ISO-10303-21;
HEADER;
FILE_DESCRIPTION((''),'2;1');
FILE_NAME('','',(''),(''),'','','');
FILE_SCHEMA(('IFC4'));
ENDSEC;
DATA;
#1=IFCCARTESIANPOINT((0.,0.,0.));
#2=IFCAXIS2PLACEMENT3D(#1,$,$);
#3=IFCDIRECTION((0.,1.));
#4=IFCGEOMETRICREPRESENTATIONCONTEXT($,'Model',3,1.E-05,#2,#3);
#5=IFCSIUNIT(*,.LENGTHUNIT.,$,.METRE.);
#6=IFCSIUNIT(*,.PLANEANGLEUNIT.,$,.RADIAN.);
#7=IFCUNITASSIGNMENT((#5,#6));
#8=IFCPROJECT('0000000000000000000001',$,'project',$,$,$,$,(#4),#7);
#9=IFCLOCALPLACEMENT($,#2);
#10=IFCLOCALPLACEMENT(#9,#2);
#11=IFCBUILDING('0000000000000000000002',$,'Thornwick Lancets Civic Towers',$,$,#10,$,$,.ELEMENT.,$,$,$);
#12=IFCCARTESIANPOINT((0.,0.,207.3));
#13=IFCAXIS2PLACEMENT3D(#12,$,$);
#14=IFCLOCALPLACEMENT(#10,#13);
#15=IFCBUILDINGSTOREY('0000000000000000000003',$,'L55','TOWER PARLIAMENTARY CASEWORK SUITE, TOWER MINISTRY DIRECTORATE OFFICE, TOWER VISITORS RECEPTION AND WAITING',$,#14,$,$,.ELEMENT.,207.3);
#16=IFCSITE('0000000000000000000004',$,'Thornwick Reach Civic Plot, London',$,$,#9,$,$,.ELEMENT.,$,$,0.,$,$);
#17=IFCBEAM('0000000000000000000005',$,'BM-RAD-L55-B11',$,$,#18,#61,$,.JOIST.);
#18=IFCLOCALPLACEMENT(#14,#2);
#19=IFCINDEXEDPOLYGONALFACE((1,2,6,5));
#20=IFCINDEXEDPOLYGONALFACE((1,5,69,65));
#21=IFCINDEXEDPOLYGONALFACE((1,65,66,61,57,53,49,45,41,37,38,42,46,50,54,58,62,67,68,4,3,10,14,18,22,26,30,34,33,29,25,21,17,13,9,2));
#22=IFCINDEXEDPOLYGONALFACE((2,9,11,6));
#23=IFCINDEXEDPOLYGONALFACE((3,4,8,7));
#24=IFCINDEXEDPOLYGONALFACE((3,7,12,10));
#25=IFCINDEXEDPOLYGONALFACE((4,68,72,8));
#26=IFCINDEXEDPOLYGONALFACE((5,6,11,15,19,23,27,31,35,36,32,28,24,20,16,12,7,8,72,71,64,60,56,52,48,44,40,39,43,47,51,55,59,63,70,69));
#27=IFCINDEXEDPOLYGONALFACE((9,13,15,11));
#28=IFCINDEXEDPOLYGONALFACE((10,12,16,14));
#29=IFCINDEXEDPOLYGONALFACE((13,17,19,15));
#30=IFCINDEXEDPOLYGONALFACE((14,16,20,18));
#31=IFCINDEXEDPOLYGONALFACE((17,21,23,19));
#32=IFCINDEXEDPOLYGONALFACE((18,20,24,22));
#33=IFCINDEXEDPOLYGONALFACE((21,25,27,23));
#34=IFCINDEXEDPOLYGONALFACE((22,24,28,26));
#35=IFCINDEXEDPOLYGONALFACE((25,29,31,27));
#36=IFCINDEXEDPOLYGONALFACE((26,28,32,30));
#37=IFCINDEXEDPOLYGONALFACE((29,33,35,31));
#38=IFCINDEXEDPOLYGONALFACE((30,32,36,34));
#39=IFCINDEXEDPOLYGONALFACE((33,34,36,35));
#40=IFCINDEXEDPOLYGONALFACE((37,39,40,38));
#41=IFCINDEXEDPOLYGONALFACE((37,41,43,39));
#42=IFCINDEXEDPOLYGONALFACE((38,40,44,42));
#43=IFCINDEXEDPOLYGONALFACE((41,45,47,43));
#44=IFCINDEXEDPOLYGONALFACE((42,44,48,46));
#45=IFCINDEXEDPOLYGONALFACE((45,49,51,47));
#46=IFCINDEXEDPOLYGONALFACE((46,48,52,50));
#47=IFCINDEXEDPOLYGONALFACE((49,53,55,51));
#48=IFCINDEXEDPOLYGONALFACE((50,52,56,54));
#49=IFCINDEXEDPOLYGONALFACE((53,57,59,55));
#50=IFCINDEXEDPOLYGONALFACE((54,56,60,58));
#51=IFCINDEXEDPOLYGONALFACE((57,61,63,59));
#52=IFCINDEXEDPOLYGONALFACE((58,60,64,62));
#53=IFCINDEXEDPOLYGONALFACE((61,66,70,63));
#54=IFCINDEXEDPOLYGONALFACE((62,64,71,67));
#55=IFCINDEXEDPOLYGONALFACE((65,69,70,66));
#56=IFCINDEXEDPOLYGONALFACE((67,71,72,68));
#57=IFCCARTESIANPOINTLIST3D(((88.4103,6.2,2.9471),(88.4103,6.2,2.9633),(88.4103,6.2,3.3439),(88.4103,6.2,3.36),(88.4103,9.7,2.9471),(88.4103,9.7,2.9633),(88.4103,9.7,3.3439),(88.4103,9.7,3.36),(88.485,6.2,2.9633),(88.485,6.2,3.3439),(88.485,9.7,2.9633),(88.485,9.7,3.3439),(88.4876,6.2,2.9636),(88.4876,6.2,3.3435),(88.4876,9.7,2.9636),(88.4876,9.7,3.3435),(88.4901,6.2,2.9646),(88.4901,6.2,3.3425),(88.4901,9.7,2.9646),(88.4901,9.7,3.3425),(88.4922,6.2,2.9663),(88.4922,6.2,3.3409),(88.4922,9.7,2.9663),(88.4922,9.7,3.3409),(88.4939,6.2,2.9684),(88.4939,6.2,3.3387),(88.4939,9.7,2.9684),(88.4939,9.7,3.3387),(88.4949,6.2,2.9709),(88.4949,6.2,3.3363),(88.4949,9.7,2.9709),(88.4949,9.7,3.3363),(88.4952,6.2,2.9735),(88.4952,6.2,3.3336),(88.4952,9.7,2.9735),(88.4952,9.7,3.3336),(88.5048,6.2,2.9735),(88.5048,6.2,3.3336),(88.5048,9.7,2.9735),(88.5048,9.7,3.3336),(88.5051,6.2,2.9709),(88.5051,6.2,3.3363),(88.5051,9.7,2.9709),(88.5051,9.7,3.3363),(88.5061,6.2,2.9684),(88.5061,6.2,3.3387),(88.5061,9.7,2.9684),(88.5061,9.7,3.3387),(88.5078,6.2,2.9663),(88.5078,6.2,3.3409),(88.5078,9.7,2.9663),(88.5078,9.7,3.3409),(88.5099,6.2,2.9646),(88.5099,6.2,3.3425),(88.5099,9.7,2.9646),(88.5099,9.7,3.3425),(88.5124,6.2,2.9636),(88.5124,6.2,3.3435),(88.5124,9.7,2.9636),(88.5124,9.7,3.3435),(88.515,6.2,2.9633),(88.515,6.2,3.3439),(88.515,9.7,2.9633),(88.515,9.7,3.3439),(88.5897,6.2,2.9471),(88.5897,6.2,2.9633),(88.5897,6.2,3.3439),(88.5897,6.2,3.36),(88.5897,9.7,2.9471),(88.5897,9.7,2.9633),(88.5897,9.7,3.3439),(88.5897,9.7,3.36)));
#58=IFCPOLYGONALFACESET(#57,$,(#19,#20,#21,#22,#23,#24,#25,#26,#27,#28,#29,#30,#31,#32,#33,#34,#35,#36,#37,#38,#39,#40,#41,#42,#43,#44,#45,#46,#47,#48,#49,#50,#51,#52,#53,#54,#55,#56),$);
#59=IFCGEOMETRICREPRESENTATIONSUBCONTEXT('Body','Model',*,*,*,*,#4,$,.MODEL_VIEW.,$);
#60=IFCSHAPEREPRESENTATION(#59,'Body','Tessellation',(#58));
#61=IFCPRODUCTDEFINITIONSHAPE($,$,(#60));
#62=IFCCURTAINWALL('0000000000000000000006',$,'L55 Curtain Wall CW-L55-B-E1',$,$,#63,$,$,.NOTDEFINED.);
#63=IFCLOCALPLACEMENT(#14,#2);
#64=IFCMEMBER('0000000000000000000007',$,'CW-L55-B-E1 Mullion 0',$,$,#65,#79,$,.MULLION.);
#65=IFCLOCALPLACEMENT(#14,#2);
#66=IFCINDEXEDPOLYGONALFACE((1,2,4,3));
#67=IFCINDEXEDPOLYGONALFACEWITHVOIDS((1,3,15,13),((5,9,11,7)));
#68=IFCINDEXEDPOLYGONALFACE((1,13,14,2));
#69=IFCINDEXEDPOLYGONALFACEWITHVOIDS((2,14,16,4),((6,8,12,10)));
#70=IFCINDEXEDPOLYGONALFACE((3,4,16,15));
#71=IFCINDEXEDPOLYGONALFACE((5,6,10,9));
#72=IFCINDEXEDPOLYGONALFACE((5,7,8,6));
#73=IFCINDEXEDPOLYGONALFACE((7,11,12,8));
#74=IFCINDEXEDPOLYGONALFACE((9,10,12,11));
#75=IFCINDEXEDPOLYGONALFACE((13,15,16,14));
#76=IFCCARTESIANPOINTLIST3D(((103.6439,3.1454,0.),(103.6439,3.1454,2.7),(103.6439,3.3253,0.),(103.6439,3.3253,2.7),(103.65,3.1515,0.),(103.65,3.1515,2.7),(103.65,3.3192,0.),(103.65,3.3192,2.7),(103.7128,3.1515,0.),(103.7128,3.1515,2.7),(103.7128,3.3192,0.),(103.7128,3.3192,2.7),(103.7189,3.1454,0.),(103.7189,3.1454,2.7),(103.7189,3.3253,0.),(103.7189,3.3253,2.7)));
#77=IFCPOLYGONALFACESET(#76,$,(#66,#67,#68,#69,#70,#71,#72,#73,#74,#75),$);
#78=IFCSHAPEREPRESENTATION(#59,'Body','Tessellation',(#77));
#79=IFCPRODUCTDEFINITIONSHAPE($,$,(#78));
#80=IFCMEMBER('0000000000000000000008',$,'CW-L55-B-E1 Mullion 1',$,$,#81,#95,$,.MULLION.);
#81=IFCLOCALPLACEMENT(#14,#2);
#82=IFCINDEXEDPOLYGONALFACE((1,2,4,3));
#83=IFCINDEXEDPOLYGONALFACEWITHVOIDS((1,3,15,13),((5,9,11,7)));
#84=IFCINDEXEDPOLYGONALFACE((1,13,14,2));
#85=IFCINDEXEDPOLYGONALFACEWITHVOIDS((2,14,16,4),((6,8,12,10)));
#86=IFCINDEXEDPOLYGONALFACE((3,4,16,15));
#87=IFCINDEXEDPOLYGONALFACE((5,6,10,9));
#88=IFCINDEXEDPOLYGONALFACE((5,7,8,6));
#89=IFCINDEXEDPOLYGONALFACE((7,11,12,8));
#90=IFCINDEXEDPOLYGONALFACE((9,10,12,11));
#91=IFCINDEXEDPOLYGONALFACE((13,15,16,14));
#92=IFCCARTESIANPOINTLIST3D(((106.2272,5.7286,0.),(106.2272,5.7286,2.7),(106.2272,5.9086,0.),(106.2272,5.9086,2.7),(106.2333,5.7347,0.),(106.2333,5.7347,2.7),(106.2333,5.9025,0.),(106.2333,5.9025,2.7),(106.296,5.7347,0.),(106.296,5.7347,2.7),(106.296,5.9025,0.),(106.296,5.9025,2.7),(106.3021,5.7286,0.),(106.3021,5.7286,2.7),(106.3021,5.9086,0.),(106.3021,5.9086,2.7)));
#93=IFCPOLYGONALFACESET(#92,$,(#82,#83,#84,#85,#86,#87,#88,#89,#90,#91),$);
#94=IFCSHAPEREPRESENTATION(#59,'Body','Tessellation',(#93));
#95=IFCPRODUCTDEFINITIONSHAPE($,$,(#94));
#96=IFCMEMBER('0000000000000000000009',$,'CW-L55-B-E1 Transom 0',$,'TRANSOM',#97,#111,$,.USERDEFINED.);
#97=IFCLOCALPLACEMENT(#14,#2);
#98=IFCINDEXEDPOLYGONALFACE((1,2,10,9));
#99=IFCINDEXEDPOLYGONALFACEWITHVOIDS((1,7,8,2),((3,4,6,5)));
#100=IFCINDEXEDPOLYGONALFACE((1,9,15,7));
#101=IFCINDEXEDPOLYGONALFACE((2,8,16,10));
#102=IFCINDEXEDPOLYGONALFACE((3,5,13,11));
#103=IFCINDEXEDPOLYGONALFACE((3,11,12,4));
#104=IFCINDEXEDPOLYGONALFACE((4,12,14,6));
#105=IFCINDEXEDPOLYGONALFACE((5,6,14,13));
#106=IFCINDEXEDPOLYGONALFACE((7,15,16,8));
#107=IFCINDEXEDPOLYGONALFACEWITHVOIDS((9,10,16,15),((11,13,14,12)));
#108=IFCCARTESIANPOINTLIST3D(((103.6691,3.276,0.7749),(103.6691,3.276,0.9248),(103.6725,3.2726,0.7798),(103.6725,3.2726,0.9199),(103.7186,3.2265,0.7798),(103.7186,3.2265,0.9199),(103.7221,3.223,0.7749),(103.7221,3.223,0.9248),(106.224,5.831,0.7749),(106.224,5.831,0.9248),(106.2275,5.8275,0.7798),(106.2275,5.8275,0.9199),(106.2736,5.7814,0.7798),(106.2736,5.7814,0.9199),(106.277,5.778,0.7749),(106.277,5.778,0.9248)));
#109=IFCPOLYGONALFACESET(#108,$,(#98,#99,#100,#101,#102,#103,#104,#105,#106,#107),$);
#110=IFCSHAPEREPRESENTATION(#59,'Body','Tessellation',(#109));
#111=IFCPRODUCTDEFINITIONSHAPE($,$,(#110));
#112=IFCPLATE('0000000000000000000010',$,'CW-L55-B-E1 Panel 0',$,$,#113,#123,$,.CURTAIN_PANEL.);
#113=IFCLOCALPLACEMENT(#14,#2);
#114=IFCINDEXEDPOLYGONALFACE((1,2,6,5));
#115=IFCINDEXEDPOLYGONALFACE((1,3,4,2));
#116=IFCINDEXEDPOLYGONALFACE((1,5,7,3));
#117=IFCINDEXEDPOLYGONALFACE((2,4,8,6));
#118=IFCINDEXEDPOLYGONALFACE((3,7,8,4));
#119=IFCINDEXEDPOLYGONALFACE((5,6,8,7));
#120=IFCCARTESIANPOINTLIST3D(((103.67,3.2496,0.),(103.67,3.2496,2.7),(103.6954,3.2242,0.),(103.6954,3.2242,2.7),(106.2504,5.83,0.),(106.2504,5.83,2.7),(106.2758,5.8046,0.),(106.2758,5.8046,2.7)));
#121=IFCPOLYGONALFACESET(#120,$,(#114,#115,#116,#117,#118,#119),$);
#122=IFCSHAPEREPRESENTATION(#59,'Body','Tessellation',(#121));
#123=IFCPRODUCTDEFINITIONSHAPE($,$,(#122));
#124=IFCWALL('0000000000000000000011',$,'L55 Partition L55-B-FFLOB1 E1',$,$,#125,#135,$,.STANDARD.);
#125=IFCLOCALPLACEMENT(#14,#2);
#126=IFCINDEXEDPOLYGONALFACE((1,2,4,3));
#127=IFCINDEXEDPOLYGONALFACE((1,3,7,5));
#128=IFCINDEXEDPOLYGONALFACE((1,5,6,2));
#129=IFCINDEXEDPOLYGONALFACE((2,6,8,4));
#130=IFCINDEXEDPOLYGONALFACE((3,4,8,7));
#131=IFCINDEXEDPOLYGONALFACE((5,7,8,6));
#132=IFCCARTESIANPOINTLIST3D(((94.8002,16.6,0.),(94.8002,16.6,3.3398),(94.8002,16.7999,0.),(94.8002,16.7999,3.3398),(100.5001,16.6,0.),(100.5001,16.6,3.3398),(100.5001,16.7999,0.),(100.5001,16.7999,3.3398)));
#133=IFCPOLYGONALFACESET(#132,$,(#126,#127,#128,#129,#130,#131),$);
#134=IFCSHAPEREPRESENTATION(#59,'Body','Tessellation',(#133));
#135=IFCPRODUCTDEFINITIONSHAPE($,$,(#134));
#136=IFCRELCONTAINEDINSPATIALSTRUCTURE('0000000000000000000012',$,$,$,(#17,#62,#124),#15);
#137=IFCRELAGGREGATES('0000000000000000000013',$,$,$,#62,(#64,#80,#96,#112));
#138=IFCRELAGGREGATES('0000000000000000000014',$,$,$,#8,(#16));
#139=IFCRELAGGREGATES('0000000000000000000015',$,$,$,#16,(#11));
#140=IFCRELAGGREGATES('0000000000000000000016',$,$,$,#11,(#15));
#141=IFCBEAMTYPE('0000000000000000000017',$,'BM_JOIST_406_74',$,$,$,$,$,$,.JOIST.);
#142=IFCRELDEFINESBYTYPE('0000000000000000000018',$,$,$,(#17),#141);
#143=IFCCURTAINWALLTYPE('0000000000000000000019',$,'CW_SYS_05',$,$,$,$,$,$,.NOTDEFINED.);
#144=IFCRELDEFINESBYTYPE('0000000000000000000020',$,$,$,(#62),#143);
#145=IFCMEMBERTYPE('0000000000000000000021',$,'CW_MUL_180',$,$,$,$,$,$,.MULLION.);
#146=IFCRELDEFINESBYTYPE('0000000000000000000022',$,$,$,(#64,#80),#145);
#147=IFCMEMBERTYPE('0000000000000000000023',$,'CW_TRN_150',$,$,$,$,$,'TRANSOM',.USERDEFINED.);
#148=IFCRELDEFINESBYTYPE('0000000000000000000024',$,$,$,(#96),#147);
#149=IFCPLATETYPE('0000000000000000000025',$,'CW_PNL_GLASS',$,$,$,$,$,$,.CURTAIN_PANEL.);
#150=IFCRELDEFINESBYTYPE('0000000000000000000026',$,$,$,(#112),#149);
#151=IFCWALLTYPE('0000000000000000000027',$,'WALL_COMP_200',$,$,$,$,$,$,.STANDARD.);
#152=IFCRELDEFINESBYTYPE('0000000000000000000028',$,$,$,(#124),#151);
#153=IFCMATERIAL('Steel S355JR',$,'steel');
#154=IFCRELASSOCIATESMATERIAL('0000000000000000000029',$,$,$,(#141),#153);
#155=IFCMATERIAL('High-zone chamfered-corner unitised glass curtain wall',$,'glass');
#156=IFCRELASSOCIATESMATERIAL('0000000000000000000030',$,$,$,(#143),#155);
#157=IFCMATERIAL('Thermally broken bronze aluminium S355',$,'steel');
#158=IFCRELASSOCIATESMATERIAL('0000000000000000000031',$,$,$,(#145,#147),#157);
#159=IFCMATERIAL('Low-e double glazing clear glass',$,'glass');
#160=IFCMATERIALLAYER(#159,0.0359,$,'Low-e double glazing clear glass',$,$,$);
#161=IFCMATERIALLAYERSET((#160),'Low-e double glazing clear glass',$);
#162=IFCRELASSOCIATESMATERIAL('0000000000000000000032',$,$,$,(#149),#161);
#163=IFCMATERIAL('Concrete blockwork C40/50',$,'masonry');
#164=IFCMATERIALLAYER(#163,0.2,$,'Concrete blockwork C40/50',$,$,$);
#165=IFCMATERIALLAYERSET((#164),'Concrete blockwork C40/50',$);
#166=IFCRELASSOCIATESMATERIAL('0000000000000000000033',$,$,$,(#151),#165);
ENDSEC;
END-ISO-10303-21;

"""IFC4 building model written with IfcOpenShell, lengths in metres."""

from ifc_helpers import new_model, si_unit, direction, frame, frame_2d, origin, origin_2d, place, context, subcontext, project, spatial, rectangle, hollow_rectangle, i_section, extrude, material, layer, layer_set, material_profile, profile_set, type_object, element, aggregate, save


model = new_model("IFC4")

# Units and contexts
model_context = context("Model", 3, precision=1e-05, world=origin(), true_north=direction((0.0, 1.0)))
body_context = subcontext(model_context, "Body", "Model", "MODEL_VIEW")
ifc_project = project(units=[si_unit("LENGTHUNIT", "METRE"), si_unit("PLANEANGLEUNIT", "RADIAN")], contexts=[model_context])

# Site, building, storey
site_placement = place(None, origin())
site = spatial("IfcSite", under=ifc_project, at=site_placement, Name="Thornwick Reach Civic Plot, London", CompositionType="ELEMENT", RefElevation=0.0)
building_placement = place(site_placement, origin())
building = spatial("IfcBuilding", under=site, at=building_placement, Name="Thornwick Lancets Civic Towers", CompositionType="ELEMENT")
storey_placement = place(building_placement, frame((0.0, 0.0, 207.3)))
storey = spatial("IfcBuildingStorey", under=building, at=storey_placement, Name="L55", Description="TOWER PARLIAMENTARY CASEWORK SUITE, TOWER MINISTRY DIRECTORATE OFFICE, TOWER VISITORS RECEPTION AND WAITING", CompositionType="ELEMENT", Elevation=207.3)

# Shared definitions
ifc_material_1 = material(Name="Steel S355JR", Category="steel")

# Beam
ifc_material_profile_1 = material_profile(ifc_material_1, i_section(OverallWidth=0.1794, OverallDepth=0.4128, WebThickness=0.0095, FlangeThickness=0.0161, FilletRadius=0.0103, at=origin_2d()), Name="UKB 406x178x74")
ifc_profile_set_1 = profile_set([ifc_material_profile_1], Name="Steel S355JR")
beam_type_1 = type_object("IfcBeamType", Name="BM_JOIST_406_74", PredefinedType="JOIST", material=ifc_profile_set_1)
for number, where, z_axis, x_axis, name in (
    (1, (88.5, 9.7, 3.1536), (0.0, -1.0, 0.0), (1.0, 0.0, 0.0), "BM-RAD-L55-B11"),
):
    element("IfcBeam", number, at=place(storey_placement, frame(where, z_axis=z_axis, x_axis=x_axis)), inside=storey, type_object=beam_type_1, Name=name, PredefinedType="JOIST", context=body_context, shape_type="SweptSolid", body=[
        extrude(i_section(OverallWidth=0.1794, OverallDepth=0.4128, WebThickness=0.0095, FlangeThickness=0.0161, FilletRadius=0.0103, at=origin_2d()), origin(), (0.0, 0.0, 1.0), 3.5),
    ])

# Curtain wall, members, plate
ifc_material_2 = material(Name="High-zone chamfered-corner unitised glass curtain wall", Category="glass")
curtain_wall_type = type_object("IfcCurtainWallType", Name="CW_SYS_05", PredefinedType="NOTDEFINED", material=ifc_material_2)
curtain_wall_placement = place(storey_placement, origin())
curtain_wall = element("IfcCurtainWall", 2, at=curtain_wall_placement, inside=storey, type_object=curtain_wall_type, Name="L55 Curtain Wall CW-L55-B-E1", PredefinedType="NOTDEFINED")
ifc_material_3 = material(Name="Thermally broken bronze aluminium S355", Category="steel")
ifc_material_profile_2 = material_profile(ifc_material_3, hollow_rectangle(XDim=0.075, YDim=0.1799, WallThickness=0.0061, at=origin_2d()), Name="RHS 180x75x6")
ifc_profile_set_2 = profile_set([ifc_material_profile_2], Name="Thermally broken bronze aluminium S355")
member_type_1 = type_object("IfcMemberType", Name="CW_MUL_180", PredefinedType="MULLION", material=ifc_profile_set_2)
member_1_placement = place(storey_placement, frame((103.6814, 3.2354, 0.0), z_axis=(0.0, 0.0, 1.0), x_axis=(1.0, 0.0, 0.0)))
member_1 = element("IfcMember", 3, at=member_1_placement, type_object=member_type_1, Name="CW-L55-B-E1 Mullion 0", PredefinedType="MULLION", context=body_context, shape_type="SweptSolid", body=[
    extrude(hollow_rectangle(XDim=0.075, YDim=0.1799, WallThickness=0.0061, at=origin_2d()), origin(), (0.0, 0.0, 1.0), 2.7),
])
member_2_placement = place(storey_placement, frame((106.2646, 5.8186, 0.0), z_axis=(0.0, 0.0, 1.0), x_axis=(1.0, 0.0, 0.0)))
member_2 = element("IfcMember", 4, at=member_2_placement, type_object=member_type_1, Name="CW-L55-B-E1 Mullion 1", PredefinedType="MULLION", context=body_context, shape_type="SweptSolid", body=[
    extrude(hollow_rectangle(XDim=0.075, YDim=0.1799, WallThickness=0.0061, at=origin_2d()), origin(), (0.0, 0.0, 1.0), 2.7),
])
ifc_material_profile_3 = material_profile(ifc_material_3, hollow_rectangle(XDim=0.075, YDim=0.1499, WallThickness=0.0049, at=origin_2d()), Name="RHS 150x75x5")
ifc_profile_set_3 = profile_set([ifc_material_profile_3], Name="Thermally broken bronze aluminium S355")
member_type_2 = type_object("IfcMemberType", Name="CW_TRN_150", ElementType="TRANSOM", PredefinedType="USERDEFINED", material=ifc_profile_set_3)
member_3_placement = place(storey_placement, frame((103.6956, 3.2495, 0.8499), z_axis=(0.707107, 0.707107, 0.0), x_axis=(-0.707107, 0.707107, 0.0)))
member_3 = element("IfcMember", 5, at=member_3_placement, type_object=member_type_2, Name="CW-L55-B-E1 Transom 0", ObjectType="TRANSOM", PredefinedType="USERDEFINED", context=body_context, shape_type="SweptSolid", body=[
    extrude(hollow_rectangle(XDim=0.075, YDim=0.1499, WallThickness=0.0049, at=origin_2d()), origin(), (0.0, 0.0, 1.0), 3.6133),
])
ifc_material_4 = material(Name="Low-e double glazing clear glass", Category="glass")
ifc_layer_1 = layer(ifc_material_4, 0.0359, Name="Low-e double glazing clear glass")
ifc_layer_set_1 = layer_set([ifc_layer_1], Name="Low-e double glazing clear glass")
plate_type = type_object("IfcPlateType", Name="CW_PNL_GLASS", PredefinedType="CURTAIN_PANEL", material=ifc_layer_set_1)
plate_placement = place(storey_placement, frame((104.9729, 4.5271, 0.0), z_axis=(0.0, 0.0, 1.0), x_axis=(0.707107, 0.707107, 0.0)))
plate = element("IfcPlate", 6, at=plate_placement, type_object=plate_type, Name="CW-L55-B-E1 Panel 0", PredefinedType="CURTAIN_PANEL", context=body_context, shape_type="SweptSolid", body=[
    extrude(rectangle(XDim=3.6492, YDim=0.0359, at=origin_2d()), origin(), (0.0, 0.0, 1.0), 2.7),
])
aggregate(curtain_wall, [member_1, member_2, member_3, plate])

# Wall
ifc_material_5 = material(Name="Concrete blockwork C40/50", Category="masonry")
ifc_layer_2 = layer(ifc_material_5, 0.2, Name="Concrete blockwork C40/50")
ifc_layer_set_2 = layer_set([ifc_layer_2], Name="Concrete blockwork C40/50")
wall_type_1 = type_object("IfcWallType", Name="WALL_COMP_200", PredefinedType="STANDARD", material=ifc_layer_set_2)
wall_1_placement = place(storey_placement, frame((94.8, 16.7, 0.0), z_axis=(0.0, 0.0, 1.0), x_axis=(1.0, 0.0, 0.0)))
element("IfcWall", 7, at=wall_1_placement, inside=storey, type_object=wall_type_1, Name="L55 Partition L55-B-FFLOB1 E1", PredefinedType="STANDARD", context=body_context, shape_type="SweptSolid", body=[
    extrude(rectangle(XDim=5.7, YDim=0.2, at=frame_2d((2.8501, 0.0))), origin(), (0.0, 0.0, 1.0), 3.3398),
])

save(model, "model.ifc")
